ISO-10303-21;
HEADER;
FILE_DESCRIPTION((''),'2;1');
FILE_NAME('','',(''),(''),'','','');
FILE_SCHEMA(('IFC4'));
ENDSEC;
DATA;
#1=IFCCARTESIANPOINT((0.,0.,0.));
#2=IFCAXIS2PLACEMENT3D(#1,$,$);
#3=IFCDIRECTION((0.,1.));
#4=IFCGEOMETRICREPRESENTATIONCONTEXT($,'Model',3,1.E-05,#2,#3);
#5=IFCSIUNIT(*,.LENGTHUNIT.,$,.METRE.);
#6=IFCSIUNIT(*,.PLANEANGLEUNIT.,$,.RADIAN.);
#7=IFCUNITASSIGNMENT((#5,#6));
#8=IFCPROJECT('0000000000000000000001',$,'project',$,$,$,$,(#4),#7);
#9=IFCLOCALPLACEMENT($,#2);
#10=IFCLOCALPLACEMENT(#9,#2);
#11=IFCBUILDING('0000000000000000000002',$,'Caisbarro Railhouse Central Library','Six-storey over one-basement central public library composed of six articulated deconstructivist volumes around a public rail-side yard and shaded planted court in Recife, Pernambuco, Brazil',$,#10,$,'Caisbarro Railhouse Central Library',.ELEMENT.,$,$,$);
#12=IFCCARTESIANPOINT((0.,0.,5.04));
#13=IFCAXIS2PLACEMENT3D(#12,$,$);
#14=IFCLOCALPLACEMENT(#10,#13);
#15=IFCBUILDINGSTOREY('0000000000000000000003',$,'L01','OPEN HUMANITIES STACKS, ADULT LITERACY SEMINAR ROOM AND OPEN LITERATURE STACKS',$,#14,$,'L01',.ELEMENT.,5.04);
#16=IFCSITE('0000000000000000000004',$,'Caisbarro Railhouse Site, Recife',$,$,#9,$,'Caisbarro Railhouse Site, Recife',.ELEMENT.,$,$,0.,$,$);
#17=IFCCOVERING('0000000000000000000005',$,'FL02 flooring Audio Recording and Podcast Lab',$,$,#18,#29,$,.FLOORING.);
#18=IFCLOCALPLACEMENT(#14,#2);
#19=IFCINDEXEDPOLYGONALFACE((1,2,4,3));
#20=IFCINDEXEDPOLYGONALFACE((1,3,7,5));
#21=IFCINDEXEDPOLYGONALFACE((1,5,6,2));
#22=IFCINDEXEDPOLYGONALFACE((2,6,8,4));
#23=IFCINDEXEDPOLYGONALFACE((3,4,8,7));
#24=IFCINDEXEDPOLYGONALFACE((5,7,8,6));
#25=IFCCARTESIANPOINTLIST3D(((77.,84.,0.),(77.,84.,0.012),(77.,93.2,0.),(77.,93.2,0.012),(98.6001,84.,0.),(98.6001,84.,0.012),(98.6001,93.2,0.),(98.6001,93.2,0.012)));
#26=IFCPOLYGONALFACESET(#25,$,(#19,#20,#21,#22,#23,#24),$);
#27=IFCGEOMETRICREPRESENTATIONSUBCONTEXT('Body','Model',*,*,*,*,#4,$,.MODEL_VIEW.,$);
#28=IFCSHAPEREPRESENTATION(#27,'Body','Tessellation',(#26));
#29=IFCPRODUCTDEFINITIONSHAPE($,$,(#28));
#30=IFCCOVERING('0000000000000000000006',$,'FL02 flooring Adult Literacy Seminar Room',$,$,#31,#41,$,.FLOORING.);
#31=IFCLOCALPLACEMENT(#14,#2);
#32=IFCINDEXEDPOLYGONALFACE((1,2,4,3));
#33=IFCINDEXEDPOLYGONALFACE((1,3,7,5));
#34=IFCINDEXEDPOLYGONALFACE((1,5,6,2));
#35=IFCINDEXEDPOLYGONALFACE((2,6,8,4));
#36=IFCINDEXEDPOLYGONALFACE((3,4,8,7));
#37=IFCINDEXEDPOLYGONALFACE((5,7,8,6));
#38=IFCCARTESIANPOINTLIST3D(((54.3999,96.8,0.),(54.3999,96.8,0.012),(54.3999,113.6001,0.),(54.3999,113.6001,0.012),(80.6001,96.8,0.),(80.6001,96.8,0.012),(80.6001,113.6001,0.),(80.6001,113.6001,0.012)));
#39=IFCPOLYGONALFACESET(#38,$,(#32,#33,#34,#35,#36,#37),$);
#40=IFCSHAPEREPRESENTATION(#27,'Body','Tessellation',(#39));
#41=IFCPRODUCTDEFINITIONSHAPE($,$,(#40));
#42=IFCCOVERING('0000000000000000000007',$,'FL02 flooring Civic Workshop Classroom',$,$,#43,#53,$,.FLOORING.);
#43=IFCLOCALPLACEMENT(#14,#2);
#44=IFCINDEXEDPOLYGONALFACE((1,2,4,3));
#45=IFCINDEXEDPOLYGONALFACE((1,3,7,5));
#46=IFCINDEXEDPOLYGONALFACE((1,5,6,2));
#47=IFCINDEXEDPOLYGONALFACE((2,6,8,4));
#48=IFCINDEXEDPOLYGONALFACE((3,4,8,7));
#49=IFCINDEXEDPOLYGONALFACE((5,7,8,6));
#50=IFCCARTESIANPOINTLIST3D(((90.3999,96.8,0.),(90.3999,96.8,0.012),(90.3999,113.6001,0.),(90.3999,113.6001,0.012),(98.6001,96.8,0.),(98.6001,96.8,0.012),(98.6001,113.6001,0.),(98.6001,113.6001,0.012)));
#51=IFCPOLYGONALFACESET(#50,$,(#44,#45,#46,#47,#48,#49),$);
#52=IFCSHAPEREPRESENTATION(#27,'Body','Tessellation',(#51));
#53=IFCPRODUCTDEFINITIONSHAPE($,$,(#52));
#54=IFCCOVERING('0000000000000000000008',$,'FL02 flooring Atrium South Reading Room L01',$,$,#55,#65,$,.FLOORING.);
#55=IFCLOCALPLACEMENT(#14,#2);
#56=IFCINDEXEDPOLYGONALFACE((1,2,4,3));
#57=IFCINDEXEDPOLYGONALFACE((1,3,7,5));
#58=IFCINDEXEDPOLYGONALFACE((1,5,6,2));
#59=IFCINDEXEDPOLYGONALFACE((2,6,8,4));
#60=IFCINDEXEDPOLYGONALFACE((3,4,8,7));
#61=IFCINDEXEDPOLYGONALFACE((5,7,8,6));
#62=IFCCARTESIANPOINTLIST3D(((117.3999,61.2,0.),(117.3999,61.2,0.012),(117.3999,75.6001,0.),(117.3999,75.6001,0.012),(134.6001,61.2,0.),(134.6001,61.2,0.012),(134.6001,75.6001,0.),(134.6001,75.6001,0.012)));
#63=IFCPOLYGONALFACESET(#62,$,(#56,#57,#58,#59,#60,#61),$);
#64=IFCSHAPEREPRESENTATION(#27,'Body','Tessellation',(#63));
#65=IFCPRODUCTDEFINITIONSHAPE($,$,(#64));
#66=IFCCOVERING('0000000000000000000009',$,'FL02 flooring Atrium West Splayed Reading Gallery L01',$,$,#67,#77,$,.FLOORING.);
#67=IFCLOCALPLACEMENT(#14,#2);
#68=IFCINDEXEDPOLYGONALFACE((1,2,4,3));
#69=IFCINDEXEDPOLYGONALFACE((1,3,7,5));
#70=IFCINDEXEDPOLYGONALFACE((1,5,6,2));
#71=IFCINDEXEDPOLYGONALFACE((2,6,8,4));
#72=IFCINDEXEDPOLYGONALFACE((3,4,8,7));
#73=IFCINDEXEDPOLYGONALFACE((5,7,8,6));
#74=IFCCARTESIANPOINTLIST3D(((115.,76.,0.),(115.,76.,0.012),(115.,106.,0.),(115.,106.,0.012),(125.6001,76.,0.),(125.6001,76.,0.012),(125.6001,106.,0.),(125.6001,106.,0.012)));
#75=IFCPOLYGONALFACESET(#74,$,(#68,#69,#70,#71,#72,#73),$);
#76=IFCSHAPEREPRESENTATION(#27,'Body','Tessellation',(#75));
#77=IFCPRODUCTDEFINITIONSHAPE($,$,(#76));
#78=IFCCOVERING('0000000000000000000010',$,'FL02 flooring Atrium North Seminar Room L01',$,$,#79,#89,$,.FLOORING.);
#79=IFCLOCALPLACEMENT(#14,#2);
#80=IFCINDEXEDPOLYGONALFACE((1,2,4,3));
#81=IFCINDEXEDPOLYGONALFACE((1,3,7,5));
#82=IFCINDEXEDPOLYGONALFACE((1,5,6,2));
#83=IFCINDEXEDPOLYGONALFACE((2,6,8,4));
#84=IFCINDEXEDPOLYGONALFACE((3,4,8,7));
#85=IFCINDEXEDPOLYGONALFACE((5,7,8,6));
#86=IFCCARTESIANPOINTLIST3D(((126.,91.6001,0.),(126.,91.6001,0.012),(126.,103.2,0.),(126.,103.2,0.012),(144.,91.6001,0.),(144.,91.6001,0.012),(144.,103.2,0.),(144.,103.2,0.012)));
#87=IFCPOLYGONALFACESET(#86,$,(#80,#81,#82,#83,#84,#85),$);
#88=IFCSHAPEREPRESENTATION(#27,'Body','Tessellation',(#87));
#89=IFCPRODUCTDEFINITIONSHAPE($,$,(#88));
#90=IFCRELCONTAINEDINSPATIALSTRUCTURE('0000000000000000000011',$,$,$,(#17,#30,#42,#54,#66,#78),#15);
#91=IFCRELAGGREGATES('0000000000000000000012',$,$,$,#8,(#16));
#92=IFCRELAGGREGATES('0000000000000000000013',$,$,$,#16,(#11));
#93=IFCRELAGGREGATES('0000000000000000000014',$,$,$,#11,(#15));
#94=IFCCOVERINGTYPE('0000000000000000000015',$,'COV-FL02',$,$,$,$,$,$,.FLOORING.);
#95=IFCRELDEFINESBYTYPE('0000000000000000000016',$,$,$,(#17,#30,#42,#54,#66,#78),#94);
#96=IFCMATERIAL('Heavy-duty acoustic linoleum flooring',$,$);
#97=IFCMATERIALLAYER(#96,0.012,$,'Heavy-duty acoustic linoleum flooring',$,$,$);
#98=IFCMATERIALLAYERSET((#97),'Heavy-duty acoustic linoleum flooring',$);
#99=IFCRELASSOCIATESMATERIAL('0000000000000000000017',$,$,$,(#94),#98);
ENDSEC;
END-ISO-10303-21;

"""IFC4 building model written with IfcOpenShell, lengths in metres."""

from ifc_helpers import new_model, si_unit, direction, frame, origin, place, context, subcontext, project, spatial, polyline, outline, extrude, material, layer, layer_set, type_object, element, save


model = new_model("IFC4")

# Units and contexts
model_context = context("Model", 3, precision=1e-05, world=origin(), true_north=direction((0.0, 1.0)))
body_context = subcontext(model_context, "Body", "Model", "MODEL_VIEW")
ifc_project = project(units=[si_unit("LENGTHUNIT", "METRE"), si_unit("PLANEANGLEUNIT", "RADIAN")], contexts=[model_context])

# Site, building, storey
site_placement = place(None, origin())
site = spatial("IfcSite", under=ifc_project, at=site_placement, Name="Caisbarro Railhouse Site, Recife", LongName="Caisbarro Railhouse Site, Recife", CompositionType="ELEMENT", RefElevation=0.0)
building_placement = place(site_placement, origin())
building = spatial("IfcBuilding", under=site, at=building_placement, Name="Caisbarro Railhouse Central Library", Description="Six-storey over one-basement central public library composed of six articulated deconstructivist volumes around a public rail-side yard and shaded planted court in Recife, Pernambuco, Brazil", LongName="Caisbarro Railhouse Central Library", CompositionType="ELEMENT")
storey_placement = place(building_placement, frame((0.0, 0.0, 5.04)))
storey = spatial("IfcBuildingStorey", under=building, at=storey_placement, Name="L01", Description="OPEN HUMANITIES STACKS, ADULT LITERACY SEMINAR ROOM AND OPEN LITERATURE STACKS", LongName="L01", CompositionType="ELEMENT", Elevation=5.04)

# Coverings
ifc_material_1 = material(Name="Heavy-duty acoustic linoleum flooring")
ifc_layer_1 = layer(ifc_material_1, 0.012, Name="Heavy-duty acoustic linoleum flooring")
ifc_layer_set_1 = layer_set([ifc_layer_1], Name="Heavy-duty acoustic linoleum flooring")
covering_type_1 = type_object("IfcCoveringType", Name="COV-FL02", PredefinedType="FLOORING", material=ifc_layer_set_1)
covering_1_placement = place(storey_placement, origin())
element("IfcCovering", 1, at=covering_1_placement, inside=storey, type_object=covering_type_1, Name="FL02 flooring Audio Recording and Podcast Lab", PredefinedType="FLOORING", context=body_context, shape_type="SweptSolid", body=[
    extrude(outline(polyline([(77.0, 84.0), (98.6001, 84.0), (98.6001, 93.2), (77.0, 93.2), (77.0, 84.0)])), origin(), (0.0, 0.0, 1.0), 0.012),
])
covering_2_placement = place(storey_placement, origin())
element("IfcCovering", 2, at=covering_2_placement, inside=storey, type_object=covering_type_1, Name="FL02 flooring Adult Literacy Seminar Room", PredefinedType="FLOORING", context=body_context, shape_type="SweptSolid", body=[
    extrude(outline(polyline([(54.3999, 96.8), (80.6001, 96.8), (80.6001, 113.6001), (54.3999, 113.6001), (54.3999, 96.8)])), origin(), (0.0, 0.0, 1.0), 0.012),
])
covering_3_placement = place(storey_placement, origin())
element("IfcCovering", 3, at=covering_3_placement, inside=storey, type_object=covering_type_1, Name="FL02 flooring Civic Workshop Classroom", PredefinedType="FLOORING", context=body_context, shape_type="SweptSolid", body=[
    extrude(outline(polyline([(90.3999, 96.8), (98.6001, 96.8), (98.6001, 113.6001), (90.3999, 113.6001), (90.3999, 96.8)])), origin(), (0.0, 0.0, 1.0), 0.012),
])
covering_4_placement = place(storey_placement, origin())
element("IfcCovering", 4, at=covering_4_placement, inside=storey, type_object=covering_type_1, Name="FL02 flooring Atrium South Reading Room L01", PredefinedType="FLOORING", context=body_context, shape_type="SweptSolid", body=[
    extrude(outline(polyline([(117.3999, 61.2), (134.6001, 61.2), (134.6001, 75.6001), (117.3999, 75.6001), (117.3999, 61.2)])), origin(), (0.0, 0.0, 1.0), 0.012),
])
covering_5_placement = place(storey_placement, origin())
element("IfcCovering", 5, at=covering_5_placement, inside=storey, type_object=covering_type_1, Name="FL02 flooring Atrium West Splayed Reading Gallery L01", PredefinedType="FLOORING", context=body_context, shape_type="SweptSolid", body=[
    extrude(outline(polyline([(115.0, 76.0), (125.6001, 76.0), (125.6001, 106.0), (115.0, 106.0), (115.0, 76.0)])), origin(), (0.0, 0.0, 1.0), 0.012),
])
covering_6_placement = place(storey_placement, origin())
element("IfcCovering", 6, at=covering_6_placement, inside=storey, type_object=covering_type_1, Name="FL02 flooring Atrium North Seminar Room L01", PredefinedType="FLOORING", context=body_context, shape_type="SweptSolid", body=[
    extrude(outline(polyline([(126.0, 91.6001), (144.0, 91.6001), (144.0, 103.2), (126.0, 103.2), (126.0, 91.6001)])), origin(), (0.0, 0.0, 1.0), 0.012),
])

save(model, "model.ifc")
